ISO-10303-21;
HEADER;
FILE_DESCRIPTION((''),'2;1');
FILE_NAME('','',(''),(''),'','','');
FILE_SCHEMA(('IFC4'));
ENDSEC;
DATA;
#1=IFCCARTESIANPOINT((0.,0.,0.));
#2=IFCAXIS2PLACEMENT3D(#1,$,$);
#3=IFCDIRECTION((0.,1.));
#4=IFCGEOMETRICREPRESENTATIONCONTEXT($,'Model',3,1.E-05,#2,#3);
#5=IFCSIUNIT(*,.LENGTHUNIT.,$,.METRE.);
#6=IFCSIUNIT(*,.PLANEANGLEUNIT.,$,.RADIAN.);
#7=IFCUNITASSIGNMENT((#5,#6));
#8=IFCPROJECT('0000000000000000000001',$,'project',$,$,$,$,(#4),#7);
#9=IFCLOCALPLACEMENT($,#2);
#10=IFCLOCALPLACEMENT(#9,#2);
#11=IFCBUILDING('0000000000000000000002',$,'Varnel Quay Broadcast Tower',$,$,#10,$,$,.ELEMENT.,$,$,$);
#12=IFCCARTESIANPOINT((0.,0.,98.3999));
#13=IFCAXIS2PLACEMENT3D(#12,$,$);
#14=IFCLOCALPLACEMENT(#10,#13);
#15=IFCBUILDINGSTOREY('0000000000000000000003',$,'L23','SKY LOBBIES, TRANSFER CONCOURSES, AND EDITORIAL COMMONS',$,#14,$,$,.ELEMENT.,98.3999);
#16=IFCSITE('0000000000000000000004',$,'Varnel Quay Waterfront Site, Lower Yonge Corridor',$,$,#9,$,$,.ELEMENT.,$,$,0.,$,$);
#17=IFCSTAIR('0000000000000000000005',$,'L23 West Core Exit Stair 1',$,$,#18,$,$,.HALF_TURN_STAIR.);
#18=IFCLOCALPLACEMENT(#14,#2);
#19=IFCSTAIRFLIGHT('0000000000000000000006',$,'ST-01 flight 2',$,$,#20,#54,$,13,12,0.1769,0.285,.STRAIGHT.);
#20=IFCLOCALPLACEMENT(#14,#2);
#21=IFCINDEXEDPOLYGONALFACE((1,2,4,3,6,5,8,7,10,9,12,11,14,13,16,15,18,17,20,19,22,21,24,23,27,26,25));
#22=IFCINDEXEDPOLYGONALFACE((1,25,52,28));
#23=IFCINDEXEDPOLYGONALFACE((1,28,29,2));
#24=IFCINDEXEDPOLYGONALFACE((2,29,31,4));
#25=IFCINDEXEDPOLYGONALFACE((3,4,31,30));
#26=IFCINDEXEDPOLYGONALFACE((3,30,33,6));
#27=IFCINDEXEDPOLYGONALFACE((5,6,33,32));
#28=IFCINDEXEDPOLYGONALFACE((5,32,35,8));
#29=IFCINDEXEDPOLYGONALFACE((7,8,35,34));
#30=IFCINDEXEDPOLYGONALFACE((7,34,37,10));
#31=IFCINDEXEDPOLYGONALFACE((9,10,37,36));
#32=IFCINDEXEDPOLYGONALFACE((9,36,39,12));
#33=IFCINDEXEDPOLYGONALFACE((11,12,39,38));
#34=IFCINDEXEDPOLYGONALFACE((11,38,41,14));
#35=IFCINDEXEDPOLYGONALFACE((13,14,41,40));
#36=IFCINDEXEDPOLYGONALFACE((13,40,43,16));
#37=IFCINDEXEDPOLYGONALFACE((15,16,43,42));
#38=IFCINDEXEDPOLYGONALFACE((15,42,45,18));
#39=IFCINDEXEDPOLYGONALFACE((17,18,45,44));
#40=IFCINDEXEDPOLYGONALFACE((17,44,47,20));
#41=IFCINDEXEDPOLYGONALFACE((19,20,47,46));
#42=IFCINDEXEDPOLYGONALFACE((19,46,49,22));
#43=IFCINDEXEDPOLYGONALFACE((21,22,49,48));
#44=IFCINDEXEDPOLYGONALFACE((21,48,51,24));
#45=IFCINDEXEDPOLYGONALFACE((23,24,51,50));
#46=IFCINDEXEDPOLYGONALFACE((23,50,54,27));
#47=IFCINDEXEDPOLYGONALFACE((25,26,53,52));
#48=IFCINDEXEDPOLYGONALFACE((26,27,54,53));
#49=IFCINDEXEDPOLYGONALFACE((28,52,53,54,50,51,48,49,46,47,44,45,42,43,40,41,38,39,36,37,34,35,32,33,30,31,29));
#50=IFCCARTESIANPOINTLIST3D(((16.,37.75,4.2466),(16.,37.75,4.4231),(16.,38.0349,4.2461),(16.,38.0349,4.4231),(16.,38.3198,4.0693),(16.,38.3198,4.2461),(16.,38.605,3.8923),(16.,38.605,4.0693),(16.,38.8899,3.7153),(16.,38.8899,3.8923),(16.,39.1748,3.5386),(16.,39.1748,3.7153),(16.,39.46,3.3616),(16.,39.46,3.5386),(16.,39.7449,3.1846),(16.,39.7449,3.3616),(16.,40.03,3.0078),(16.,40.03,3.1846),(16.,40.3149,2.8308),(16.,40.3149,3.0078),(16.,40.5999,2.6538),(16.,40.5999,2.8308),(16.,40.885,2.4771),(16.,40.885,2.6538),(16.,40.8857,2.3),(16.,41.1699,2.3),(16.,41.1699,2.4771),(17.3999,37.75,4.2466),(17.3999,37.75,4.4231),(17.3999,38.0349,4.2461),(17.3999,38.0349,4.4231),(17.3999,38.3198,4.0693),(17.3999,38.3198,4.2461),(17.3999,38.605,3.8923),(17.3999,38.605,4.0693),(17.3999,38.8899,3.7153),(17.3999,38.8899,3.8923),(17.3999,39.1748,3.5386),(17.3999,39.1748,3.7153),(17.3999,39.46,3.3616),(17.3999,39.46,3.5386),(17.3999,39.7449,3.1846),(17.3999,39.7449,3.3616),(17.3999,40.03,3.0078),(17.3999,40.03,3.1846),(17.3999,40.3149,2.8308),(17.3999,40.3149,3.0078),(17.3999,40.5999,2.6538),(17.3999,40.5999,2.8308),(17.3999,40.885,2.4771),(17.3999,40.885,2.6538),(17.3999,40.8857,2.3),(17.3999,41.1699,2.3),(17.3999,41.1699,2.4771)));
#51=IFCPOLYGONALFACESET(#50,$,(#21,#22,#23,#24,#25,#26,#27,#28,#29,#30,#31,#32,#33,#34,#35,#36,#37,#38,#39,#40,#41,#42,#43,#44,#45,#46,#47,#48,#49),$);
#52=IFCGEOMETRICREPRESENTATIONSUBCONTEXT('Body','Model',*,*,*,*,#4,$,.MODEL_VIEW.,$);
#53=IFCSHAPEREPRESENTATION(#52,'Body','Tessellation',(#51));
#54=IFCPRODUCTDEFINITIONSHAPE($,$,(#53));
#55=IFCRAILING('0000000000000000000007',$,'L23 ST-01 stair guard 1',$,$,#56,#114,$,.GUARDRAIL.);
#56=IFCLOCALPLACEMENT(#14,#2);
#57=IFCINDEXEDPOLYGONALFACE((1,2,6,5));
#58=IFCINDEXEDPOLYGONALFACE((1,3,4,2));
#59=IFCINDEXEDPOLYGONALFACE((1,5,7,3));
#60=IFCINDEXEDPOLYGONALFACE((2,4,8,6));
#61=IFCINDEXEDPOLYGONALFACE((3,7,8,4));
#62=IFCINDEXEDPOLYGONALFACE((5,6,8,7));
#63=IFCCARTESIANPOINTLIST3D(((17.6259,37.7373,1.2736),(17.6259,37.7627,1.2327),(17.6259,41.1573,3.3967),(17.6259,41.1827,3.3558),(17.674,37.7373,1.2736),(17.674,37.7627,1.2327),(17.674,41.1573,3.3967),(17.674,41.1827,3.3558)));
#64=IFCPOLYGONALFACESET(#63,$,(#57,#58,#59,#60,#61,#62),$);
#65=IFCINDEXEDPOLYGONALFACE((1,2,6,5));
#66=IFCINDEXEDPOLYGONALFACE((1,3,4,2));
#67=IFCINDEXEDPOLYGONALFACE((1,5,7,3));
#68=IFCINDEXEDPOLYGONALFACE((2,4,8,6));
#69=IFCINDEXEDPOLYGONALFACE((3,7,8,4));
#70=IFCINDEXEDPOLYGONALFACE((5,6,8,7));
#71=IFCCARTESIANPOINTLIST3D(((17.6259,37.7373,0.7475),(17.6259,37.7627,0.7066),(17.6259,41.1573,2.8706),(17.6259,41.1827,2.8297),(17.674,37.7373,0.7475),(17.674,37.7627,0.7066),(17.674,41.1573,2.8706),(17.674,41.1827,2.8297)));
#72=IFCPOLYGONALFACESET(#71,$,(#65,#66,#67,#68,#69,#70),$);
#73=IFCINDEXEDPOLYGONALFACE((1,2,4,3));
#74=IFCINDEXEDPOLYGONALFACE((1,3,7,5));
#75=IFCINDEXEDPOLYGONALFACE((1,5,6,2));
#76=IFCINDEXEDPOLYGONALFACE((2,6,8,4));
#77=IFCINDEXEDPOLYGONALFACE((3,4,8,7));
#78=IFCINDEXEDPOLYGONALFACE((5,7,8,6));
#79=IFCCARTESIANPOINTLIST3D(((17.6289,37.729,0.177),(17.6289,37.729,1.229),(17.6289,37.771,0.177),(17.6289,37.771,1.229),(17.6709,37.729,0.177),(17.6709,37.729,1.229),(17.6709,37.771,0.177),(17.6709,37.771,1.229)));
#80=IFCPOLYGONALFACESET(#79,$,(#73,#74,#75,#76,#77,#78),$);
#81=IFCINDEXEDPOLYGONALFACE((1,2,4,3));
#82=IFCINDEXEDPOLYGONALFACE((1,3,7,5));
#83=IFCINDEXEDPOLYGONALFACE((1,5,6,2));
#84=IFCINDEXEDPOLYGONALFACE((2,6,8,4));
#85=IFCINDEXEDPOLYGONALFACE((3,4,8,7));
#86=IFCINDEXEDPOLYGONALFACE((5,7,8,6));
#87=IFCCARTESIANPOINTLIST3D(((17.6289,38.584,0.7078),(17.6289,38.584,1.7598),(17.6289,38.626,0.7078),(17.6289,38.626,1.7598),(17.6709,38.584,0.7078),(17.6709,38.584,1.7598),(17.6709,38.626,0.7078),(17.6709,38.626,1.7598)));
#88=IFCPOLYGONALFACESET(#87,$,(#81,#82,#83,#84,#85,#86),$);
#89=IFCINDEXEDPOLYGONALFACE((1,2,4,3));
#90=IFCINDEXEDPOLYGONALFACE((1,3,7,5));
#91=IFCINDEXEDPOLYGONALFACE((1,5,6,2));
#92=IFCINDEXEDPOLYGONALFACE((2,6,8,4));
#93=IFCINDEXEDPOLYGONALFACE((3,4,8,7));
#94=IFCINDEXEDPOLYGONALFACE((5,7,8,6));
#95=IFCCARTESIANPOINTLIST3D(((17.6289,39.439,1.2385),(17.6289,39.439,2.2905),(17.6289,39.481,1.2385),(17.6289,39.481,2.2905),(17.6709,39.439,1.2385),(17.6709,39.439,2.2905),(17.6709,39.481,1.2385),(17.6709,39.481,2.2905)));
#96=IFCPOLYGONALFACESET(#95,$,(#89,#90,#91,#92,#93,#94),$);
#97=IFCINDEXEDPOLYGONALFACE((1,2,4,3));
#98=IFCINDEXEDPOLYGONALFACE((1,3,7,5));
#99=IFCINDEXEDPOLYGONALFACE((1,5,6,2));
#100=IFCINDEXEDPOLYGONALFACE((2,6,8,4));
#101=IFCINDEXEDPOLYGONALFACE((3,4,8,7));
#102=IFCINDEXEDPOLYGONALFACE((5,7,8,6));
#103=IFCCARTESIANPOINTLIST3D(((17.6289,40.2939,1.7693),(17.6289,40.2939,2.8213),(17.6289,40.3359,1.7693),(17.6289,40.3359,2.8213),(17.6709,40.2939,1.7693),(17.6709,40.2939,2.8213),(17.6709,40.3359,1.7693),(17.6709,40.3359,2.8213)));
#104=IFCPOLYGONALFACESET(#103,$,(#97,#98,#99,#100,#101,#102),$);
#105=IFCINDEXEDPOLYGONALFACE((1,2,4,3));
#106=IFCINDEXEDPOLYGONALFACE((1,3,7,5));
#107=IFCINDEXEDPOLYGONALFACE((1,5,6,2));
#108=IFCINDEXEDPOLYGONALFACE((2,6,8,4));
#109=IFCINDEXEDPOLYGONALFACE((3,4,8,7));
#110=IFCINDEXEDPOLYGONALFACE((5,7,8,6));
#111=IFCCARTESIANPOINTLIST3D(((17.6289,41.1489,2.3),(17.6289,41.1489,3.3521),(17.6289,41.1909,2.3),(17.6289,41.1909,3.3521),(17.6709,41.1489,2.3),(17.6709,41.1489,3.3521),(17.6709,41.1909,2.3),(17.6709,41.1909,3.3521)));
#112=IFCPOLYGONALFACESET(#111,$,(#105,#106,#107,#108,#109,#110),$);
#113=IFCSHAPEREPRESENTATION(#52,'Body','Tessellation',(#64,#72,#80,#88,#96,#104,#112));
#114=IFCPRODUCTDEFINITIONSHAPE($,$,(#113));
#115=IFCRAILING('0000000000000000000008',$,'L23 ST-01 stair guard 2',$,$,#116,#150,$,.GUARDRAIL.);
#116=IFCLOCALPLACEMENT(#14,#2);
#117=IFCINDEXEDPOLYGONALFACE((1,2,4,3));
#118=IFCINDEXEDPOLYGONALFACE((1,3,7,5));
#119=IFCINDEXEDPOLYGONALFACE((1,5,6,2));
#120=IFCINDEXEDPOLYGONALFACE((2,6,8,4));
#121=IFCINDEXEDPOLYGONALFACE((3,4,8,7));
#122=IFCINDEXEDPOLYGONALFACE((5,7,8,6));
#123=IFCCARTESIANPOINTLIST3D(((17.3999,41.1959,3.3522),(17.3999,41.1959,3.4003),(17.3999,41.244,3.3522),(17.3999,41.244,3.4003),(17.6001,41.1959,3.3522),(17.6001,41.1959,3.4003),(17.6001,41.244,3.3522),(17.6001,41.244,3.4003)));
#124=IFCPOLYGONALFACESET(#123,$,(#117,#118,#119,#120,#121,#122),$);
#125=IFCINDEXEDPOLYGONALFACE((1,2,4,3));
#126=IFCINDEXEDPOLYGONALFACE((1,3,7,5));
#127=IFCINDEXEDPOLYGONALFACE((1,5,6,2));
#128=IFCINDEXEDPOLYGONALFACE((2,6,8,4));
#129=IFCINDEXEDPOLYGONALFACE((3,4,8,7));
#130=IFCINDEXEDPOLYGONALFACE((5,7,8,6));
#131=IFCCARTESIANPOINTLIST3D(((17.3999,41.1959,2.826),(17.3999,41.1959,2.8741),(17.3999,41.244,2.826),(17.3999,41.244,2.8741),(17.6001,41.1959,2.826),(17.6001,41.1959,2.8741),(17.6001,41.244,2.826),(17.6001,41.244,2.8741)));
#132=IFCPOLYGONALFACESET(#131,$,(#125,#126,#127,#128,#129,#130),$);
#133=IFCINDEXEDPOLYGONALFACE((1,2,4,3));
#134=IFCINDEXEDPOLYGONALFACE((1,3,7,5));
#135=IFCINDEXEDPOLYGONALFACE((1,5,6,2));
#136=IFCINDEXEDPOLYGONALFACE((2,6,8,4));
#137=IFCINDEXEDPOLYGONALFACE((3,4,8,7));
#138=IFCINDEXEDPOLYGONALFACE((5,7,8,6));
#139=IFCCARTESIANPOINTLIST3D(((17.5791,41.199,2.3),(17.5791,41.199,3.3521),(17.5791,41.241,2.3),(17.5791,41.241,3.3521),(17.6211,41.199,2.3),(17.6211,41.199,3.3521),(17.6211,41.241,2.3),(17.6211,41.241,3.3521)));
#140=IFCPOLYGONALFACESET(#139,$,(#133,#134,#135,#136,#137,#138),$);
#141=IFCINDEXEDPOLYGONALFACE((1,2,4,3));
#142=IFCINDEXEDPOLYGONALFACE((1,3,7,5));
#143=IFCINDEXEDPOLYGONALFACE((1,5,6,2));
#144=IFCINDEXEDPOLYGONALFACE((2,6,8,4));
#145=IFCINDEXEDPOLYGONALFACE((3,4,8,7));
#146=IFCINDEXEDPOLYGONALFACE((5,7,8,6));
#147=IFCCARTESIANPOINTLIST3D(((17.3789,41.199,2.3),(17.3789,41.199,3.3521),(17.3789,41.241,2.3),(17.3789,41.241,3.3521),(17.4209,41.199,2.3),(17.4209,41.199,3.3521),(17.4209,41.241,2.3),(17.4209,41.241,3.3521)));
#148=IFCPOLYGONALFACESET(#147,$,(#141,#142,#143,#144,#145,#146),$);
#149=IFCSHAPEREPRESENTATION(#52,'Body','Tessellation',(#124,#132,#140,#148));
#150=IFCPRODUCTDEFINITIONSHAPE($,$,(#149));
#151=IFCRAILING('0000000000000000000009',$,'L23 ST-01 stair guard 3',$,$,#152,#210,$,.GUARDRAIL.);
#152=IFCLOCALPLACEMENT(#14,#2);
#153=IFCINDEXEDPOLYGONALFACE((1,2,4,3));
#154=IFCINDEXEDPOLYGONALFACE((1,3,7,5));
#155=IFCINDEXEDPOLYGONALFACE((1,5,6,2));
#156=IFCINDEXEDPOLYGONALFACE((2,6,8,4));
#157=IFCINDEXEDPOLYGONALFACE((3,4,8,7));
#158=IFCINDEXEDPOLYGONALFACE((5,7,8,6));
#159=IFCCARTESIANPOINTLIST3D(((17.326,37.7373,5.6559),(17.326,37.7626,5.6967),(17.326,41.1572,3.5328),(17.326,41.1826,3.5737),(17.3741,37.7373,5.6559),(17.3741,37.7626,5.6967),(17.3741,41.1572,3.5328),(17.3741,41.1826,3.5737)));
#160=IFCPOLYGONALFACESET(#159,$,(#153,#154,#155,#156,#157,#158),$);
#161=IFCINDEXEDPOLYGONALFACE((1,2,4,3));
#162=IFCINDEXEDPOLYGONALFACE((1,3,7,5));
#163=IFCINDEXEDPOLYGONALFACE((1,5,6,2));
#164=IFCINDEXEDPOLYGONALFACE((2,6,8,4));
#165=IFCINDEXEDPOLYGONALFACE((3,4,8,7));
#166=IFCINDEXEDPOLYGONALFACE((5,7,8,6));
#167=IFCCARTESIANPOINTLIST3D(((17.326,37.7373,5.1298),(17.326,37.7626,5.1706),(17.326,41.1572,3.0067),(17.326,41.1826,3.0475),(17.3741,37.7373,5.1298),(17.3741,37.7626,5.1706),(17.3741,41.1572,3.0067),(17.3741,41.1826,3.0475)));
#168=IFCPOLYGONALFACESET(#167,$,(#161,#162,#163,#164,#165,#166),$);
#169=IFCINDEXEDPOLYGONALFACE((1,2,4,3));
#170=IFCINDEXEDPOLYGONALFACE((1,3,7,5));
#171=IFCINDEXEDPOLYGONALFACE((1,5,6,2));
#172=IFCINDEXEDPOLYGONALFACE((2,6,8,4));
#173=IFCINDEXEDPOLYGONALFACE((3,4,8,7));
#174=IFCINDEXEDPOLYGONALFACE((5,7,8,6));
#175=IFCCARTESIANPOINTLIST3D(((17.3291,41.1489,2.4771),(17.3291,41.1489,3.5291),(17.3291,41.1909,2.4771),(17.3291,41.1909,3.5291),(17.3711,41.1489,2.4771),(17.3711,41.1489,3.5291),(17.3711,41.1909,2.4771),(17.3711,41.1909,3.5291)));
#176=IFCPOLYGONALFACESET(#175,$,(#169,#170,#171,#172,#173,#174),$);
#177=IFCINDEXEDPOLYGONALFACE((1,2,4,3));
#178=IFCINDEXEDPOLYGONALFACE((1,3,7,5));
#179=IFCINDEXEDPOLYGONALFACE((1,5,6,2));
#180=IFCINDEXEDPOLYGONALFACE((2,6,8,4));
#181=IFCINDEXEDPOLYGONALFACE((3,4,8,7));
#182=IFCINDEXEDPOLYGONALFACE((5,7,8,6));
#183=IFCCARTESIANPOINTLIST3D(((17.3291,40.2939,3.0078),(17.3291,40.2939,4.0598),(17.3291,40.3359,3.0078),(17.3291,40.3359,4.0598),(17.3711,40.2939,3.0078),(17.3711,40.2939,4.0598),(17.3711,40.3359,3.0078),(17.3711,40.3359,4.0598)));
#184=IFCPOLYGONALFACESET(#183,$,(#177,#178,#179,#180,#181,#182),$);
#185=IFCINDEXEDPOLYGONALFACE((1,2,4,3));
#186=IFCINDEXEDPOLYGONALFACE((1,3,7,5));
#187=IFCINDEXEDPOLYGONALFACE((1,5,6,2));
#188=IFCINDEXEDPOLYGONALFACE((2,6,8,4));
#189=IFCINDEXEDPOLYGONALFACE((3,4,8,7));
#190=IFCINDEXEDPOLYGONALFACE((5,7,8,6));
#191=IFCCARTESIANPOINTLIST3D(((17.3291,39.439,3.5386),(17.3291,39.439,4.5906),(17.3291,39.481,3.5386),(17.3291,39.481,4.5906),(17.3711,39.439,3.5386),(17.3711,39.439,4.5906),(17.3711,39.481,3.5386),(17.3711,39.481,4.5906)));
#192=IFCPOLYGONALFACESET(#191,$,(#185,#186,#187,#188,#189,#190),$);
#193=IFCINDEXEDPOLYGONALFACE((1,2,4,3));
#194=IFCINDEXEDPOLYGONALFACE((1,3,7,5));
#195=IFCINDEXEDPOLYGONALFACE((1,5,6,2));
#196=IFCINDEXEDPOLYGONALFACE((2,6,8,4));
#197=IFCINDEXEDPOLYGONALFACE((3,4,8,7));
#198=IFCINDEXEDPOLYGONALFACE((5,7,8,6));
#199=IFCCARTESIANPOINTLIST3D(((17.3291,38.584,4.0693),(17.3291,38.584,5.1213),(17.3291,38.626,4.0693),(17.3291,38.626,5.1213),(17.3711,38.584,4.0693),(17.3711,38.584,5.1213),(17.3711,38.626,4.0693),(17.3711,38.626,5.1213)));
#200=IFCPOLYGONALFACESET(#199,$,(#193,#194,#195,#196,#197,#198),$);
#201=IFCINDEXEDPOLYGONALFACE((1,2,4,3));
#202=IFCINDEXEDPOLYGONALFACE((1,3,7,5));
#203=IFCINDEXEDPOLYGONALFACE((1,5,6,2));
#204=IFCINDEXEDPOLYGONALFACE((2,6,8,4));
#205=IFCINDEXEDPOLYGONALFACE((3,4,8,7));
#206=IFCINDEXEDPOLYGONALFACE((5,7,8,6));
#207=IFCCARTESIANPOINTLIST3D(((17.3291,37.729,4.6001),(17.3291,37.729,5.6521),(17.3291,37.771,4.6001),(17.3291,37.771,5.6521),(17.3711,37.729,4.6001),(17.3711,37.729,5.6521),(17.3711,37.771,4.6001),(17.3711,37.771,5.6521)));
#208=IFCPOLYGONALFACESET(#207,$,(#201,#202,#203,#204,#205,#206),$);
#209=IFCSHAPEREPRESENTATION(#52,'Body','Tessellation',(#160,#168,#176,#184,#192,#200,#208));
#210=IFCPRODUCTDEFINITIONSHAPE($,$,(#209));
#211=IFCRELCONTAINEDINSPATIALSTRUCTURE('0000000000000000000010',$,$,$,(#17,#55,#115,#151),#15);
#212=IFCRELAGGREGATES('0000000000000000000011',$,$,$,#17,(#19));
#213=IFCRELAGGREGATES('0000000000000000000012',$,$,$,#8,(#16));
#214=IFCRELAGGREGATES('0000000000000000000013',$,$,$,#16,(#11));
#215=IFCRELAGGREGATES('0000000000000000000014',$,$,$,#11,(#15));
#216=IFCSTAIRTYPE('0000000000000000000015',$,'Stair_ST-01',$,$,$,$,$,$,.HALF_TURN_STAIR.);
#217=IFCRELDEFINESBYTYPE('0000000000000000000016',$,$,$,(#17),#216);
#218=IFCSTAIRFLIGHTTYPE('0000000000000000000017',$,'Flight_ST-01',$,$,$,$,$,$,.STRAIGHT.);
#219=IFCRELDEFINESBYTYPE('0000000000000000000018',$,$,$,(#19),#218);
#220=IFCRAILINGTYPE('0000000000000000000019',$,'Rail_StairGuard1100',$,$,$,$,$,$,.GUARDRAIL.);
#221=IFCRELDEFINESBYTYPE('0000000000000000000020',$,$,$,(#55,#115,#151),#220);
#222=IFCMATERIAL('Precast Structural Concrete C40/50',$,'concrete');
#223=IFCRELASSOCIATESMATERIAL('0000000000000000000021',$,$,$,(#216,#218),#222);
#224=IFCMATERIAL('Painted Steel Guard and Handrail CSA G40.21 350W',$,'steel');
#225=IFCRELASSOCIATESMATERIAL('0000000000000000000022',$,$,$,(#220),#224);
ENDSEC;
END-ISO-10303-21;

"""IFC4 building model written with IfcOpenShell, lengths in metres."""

from ifc_helpers import new_model, si_unit, direction, frame, origin, origin_2d, place, context, subcontext, project, spatial, polyline, rectangle, outline, extrude, material, type_object, element, aggregate, save


model = new_model("IFC4")

# Units and contexts
model_context = context("Model", 3, precision=1e-05, world=origin(), true_north=direction((0.0, 1.0)))
body_context = subcontext(model_context, "Body", "Model", "MODEL_VIEW")
ifc_project = project(units=[si_unit("LENGTHUNIT", "METRE"), si_unit("PLANEANGLEUNIT", "RADIAN")], contexts=[model_context])

# Site, building, storey
site_placement = place(None, origin())
site = spatial("IfcSite", under=ifc_project, at=site_placement, Name="Varnel Quay Waterfront Site, Lower Yonge Corridor", CompositionType="ELEMENT", RefElevation=0.0)
building_placement = place(site_placement, origin())
building = spatial("IfcBuilding", under=site, at=building_placement, Name="Varnel Quay Broadcast Tower", CompositionType="ELEMENT")
storey_placement = place(building_placement, frame((0.0, 0.0, 98.3999)))
storey = spatial("IfcBuildingStorey", under=building, at=storey_placement, Name="L23", Description="SKY LOBBIES, TRANSFER CONCOURSES, AND EDITORIAL COMMONS", CompositionType="ELEMENT", Elevation=98.3999)

# Stair, stair flight
ifc_material_1 = material(Name="Precast Structural Concrete C40/50", Category="concrete")
stair_type = type_object("IfcStairType", Name="Stair_ST-01", PredefinedType="HALF_TURN_STAIR", material=ifc_material_1)
stair_placement = place(storey_placement, origin())
stair = element("IfcStair", 1, at=stair_placement, inside=storey, type_object=stair_type, Name="L23 West Core Exit Stair 1", PredefinedType="HALF_TURN_STAIR")
stair_flight_type = type_object("IfcStairFlightType", Name="Flight_ST-01", PredefinedType="STRAIGHT", material=ifc_material_1)
stair_flight_1_placement = place(storey_placement, frame((16.7, 41.1699, 2.3), z_axis=(0.0, 0.0, 1.0), x_axis=(0.0, -1.0, 0.0)))
stair_flight_1 = element("IfcStairFlight", 2, at=stair_flight_1_placement, type_object=stair_flight_type, Name="ST-01 flight 2", NumberOfRisers=13, NumberOfTreads=12, PredefinedType="STRAIGHT", RiserHeight=0.1769, TreadLength=0.285, context=body_context, shape_type="SweptSolid", body=[
    extrude(outline(polyline([(0.0, 0.0), (0.0, 0.177), (0.2849, 0.177), (0.2849, 0.3538), (0.5701, 0.3538), (0.5701, 0.5308), (0.855, 0.5308), (0.855, 0.7078), (1.1399, 0.7078), (1.1399, 0.8845), (1.425, 0.8845), (1.425, 1.0615), (1.71, 1.0615), (1.71, 1.2385), (1.9951, 1.2385), (1.9951, 1.4153), (2.28, 1.4153), (2.28, 1.5923), (2.5649, 1.5923), (2.5649, 1.7693), (2.8501, 1.7693), (2.8501, 1.946), (3.135, 1.946), (3.135, 2.123), (3.4199, 2.123), (3.4199, 2.3), (3.4199, 1.9465), (0.2842, 0.0), (0.0, 0.0)])), frame((0.0, 0.7, 0.0), z_axis=(0.0, -1.0, 0.0), x_axis=(1.0, 0.0, 0.0)), (0.0, 0.0, 1.0), 1.3999),
])
aggregate(stair, [stair_flight_1])

# Railings
ifc_material_2 = material(Name="Painted Steel Guard and Handrail CSA G40.21 350W", Category="steel")
railing_type_1 = type_object("IfcRailingType", Name="Rail_StairGuard1100", PredefinedType="GUARDRAIL", material=ifc_material_2)
railing_1_placement = place(storey_placement, frame((17.6499, 37.75, 0.177)))
element("IfcRailing", 3, at=railing_1_placement, inside=storey, type_object=railing_type_1, Name="L23 ST-01 stair guard 1", PredefinedType="GUARDRAIL", context=body_context, shape_type="SweptSolid", body=[
    extrude(rectangle(XDim=0.0481, YDim=0.0481, at=origin_2d()), frame((0.0, 0.0, 1.0762), z_axis=(0.0, 0.849603, 0.527423), x_axis=(-1.0, 0.0, 0.0)), (0.0, 0.0, 1.0), 4.0254),
    extrude(rectangle(XDim=0.0481, YDim=0.0481, at=origin_2d()), frame((0.0, 0.0, 0.55), z_axis=(0.0, 0.849603, 0.527423), x_axis=(-1.0, 0.0, 0.0)), (0.0, 0.0, 1.0), 4.0254),
    extrude(rectangle(XDim=0.042, YDim=0.042, at=origin_2d()), origin(), (0.0, 0.0, 1.0), 1.052),
    extrude(rectangle(XDim=0.042, YDim=0.042, at=origin_2d()), frame((0.0, 0.855, 0.5308)), (0.0, 0.0, 1.0), 1.052),
    extrude(rectangle(XDim=0.042, YDim=0.042, at=origin_2d()), frame((0.0, 1.71, 1.0615)), (0.0, 0.0, 1.0), 1.052),
    extrude(rectangle(XDim=0.042, YDim=0.042, at=origin_2d()), frame((0.0, 2.5649, 1.5923)), (0.0, 0.0, 1.0), 1.052),
    extrude(rectangle(XDim=0.042, YDim=0.042, at=origin_2d()), frame((0.0, 3.4199, 2.123)), (0.0, 0.0, 1.0), 1.052),
])
railing_2_placement = place(storey_placement, frame((17.6001, 41.22, 2.3)))
element("IfcRailing", 4, at=railing_2_placement, inside=storey, type_object=railing_type_1, Name="L23 ST-01 stair guard 2", PredefinedType="GUARDRAIL", context=body_context, shape_type="SweptSolid", body=[
    extrude(rectangle(XDim=0.0481, YDim=0.0481, at=origin_2d()), frame((0.0, 0.0, 1.0762), z_axis=(-1.0, 0.0, 0.0), x_axis=(0.0, -1.0, 0.0)), (0.0, 0.0, 1.0), 0.2002),
    extrude(rectangle(XDim=0.0481, YDim=0.0481, at=origin_2d()), frame((0.0, 0.0, 0.55), z_axis=(-1.0, 0.0, 0.0), x_axis=(0.0, -1.0, 0.0)), (0.0, 0.0, 1.0), 0.2002),
    extrude(rectangle(XDim=0.042, YDim=0.042, at=origin_2d()), origin(), (0.0, 0.0, 1.0), 1.052),
    extrude(rectangle(XDim=0.042, YDim=0.042, at=origin_2d()), frame((-0.2002, 0.0, 0.0)), (0.0, 0.0, 1.0), 1.052),
])
railing_3_placement = place(storey_placement, frame((17.3501, 41.1699, 2.4771)))
element("IfcRailing", 5, at=railing_3_placement, inside=storey, type_object=railing_type_1, Name="L23 ST-01 stair guard 3", PredefinedType="GUARDRAIL", context=body_context, shape_type="SweptSolid", body=[
    extrude(rectangle(XDim=0.0481, YDim=0.0481, at=origin_2d()), frame((0.0, 0.0, 1.0762), z_axis=(0.0, -0.849603, 0.527423), x_axis=(1.0, 0.0, 0.0)), (0.0, 0.0, 1.0), 4.0254),
    extrude(rectangle(XDim=0.0481, YDim=0.0481, at=origin_2d()), frame((0.0, 0.0, 0.55), z_axis=(0.0, -0.849603, 0.527423), x_axis=(1.0, 0.0, 0.0)), (0.0, 0.0, 1.0), 4.0254),
    extrude(rectangle(XDim=0.042, YDim=0.042, at=origin_2d()), origin(), (0.0, 0.0, 1.0), 1.052),
    extrude(rectangle(XDim=0.042, YDim=0.042, at=origin_2d()), frame((0.0, -0.855, 0.5308)), (0.0, 0.0, 1.0), 1.052),
    extrude(rectangle(XDim=0.042, YDim=0.042, at=origin_2d()), frame((0.0, -1.71, 1.0615)), (0.0, 0.0, 1.0), 1.052),
    extrude(rectangle(XDim=0.042, YDim=0.042, at=origin_2d()), frame((0.0, -2.5649, 1.5923)), (0.0, 0.0, 1.0), 1.052),
    extrude(rectangle(XDim=0.042, YDim=0.042, at=origin_2d()), frame((0.0, -3.4199, 2.123)), (0.0, 0.0, 1.0), 1.052),
])

save(model, "model.ifc")
